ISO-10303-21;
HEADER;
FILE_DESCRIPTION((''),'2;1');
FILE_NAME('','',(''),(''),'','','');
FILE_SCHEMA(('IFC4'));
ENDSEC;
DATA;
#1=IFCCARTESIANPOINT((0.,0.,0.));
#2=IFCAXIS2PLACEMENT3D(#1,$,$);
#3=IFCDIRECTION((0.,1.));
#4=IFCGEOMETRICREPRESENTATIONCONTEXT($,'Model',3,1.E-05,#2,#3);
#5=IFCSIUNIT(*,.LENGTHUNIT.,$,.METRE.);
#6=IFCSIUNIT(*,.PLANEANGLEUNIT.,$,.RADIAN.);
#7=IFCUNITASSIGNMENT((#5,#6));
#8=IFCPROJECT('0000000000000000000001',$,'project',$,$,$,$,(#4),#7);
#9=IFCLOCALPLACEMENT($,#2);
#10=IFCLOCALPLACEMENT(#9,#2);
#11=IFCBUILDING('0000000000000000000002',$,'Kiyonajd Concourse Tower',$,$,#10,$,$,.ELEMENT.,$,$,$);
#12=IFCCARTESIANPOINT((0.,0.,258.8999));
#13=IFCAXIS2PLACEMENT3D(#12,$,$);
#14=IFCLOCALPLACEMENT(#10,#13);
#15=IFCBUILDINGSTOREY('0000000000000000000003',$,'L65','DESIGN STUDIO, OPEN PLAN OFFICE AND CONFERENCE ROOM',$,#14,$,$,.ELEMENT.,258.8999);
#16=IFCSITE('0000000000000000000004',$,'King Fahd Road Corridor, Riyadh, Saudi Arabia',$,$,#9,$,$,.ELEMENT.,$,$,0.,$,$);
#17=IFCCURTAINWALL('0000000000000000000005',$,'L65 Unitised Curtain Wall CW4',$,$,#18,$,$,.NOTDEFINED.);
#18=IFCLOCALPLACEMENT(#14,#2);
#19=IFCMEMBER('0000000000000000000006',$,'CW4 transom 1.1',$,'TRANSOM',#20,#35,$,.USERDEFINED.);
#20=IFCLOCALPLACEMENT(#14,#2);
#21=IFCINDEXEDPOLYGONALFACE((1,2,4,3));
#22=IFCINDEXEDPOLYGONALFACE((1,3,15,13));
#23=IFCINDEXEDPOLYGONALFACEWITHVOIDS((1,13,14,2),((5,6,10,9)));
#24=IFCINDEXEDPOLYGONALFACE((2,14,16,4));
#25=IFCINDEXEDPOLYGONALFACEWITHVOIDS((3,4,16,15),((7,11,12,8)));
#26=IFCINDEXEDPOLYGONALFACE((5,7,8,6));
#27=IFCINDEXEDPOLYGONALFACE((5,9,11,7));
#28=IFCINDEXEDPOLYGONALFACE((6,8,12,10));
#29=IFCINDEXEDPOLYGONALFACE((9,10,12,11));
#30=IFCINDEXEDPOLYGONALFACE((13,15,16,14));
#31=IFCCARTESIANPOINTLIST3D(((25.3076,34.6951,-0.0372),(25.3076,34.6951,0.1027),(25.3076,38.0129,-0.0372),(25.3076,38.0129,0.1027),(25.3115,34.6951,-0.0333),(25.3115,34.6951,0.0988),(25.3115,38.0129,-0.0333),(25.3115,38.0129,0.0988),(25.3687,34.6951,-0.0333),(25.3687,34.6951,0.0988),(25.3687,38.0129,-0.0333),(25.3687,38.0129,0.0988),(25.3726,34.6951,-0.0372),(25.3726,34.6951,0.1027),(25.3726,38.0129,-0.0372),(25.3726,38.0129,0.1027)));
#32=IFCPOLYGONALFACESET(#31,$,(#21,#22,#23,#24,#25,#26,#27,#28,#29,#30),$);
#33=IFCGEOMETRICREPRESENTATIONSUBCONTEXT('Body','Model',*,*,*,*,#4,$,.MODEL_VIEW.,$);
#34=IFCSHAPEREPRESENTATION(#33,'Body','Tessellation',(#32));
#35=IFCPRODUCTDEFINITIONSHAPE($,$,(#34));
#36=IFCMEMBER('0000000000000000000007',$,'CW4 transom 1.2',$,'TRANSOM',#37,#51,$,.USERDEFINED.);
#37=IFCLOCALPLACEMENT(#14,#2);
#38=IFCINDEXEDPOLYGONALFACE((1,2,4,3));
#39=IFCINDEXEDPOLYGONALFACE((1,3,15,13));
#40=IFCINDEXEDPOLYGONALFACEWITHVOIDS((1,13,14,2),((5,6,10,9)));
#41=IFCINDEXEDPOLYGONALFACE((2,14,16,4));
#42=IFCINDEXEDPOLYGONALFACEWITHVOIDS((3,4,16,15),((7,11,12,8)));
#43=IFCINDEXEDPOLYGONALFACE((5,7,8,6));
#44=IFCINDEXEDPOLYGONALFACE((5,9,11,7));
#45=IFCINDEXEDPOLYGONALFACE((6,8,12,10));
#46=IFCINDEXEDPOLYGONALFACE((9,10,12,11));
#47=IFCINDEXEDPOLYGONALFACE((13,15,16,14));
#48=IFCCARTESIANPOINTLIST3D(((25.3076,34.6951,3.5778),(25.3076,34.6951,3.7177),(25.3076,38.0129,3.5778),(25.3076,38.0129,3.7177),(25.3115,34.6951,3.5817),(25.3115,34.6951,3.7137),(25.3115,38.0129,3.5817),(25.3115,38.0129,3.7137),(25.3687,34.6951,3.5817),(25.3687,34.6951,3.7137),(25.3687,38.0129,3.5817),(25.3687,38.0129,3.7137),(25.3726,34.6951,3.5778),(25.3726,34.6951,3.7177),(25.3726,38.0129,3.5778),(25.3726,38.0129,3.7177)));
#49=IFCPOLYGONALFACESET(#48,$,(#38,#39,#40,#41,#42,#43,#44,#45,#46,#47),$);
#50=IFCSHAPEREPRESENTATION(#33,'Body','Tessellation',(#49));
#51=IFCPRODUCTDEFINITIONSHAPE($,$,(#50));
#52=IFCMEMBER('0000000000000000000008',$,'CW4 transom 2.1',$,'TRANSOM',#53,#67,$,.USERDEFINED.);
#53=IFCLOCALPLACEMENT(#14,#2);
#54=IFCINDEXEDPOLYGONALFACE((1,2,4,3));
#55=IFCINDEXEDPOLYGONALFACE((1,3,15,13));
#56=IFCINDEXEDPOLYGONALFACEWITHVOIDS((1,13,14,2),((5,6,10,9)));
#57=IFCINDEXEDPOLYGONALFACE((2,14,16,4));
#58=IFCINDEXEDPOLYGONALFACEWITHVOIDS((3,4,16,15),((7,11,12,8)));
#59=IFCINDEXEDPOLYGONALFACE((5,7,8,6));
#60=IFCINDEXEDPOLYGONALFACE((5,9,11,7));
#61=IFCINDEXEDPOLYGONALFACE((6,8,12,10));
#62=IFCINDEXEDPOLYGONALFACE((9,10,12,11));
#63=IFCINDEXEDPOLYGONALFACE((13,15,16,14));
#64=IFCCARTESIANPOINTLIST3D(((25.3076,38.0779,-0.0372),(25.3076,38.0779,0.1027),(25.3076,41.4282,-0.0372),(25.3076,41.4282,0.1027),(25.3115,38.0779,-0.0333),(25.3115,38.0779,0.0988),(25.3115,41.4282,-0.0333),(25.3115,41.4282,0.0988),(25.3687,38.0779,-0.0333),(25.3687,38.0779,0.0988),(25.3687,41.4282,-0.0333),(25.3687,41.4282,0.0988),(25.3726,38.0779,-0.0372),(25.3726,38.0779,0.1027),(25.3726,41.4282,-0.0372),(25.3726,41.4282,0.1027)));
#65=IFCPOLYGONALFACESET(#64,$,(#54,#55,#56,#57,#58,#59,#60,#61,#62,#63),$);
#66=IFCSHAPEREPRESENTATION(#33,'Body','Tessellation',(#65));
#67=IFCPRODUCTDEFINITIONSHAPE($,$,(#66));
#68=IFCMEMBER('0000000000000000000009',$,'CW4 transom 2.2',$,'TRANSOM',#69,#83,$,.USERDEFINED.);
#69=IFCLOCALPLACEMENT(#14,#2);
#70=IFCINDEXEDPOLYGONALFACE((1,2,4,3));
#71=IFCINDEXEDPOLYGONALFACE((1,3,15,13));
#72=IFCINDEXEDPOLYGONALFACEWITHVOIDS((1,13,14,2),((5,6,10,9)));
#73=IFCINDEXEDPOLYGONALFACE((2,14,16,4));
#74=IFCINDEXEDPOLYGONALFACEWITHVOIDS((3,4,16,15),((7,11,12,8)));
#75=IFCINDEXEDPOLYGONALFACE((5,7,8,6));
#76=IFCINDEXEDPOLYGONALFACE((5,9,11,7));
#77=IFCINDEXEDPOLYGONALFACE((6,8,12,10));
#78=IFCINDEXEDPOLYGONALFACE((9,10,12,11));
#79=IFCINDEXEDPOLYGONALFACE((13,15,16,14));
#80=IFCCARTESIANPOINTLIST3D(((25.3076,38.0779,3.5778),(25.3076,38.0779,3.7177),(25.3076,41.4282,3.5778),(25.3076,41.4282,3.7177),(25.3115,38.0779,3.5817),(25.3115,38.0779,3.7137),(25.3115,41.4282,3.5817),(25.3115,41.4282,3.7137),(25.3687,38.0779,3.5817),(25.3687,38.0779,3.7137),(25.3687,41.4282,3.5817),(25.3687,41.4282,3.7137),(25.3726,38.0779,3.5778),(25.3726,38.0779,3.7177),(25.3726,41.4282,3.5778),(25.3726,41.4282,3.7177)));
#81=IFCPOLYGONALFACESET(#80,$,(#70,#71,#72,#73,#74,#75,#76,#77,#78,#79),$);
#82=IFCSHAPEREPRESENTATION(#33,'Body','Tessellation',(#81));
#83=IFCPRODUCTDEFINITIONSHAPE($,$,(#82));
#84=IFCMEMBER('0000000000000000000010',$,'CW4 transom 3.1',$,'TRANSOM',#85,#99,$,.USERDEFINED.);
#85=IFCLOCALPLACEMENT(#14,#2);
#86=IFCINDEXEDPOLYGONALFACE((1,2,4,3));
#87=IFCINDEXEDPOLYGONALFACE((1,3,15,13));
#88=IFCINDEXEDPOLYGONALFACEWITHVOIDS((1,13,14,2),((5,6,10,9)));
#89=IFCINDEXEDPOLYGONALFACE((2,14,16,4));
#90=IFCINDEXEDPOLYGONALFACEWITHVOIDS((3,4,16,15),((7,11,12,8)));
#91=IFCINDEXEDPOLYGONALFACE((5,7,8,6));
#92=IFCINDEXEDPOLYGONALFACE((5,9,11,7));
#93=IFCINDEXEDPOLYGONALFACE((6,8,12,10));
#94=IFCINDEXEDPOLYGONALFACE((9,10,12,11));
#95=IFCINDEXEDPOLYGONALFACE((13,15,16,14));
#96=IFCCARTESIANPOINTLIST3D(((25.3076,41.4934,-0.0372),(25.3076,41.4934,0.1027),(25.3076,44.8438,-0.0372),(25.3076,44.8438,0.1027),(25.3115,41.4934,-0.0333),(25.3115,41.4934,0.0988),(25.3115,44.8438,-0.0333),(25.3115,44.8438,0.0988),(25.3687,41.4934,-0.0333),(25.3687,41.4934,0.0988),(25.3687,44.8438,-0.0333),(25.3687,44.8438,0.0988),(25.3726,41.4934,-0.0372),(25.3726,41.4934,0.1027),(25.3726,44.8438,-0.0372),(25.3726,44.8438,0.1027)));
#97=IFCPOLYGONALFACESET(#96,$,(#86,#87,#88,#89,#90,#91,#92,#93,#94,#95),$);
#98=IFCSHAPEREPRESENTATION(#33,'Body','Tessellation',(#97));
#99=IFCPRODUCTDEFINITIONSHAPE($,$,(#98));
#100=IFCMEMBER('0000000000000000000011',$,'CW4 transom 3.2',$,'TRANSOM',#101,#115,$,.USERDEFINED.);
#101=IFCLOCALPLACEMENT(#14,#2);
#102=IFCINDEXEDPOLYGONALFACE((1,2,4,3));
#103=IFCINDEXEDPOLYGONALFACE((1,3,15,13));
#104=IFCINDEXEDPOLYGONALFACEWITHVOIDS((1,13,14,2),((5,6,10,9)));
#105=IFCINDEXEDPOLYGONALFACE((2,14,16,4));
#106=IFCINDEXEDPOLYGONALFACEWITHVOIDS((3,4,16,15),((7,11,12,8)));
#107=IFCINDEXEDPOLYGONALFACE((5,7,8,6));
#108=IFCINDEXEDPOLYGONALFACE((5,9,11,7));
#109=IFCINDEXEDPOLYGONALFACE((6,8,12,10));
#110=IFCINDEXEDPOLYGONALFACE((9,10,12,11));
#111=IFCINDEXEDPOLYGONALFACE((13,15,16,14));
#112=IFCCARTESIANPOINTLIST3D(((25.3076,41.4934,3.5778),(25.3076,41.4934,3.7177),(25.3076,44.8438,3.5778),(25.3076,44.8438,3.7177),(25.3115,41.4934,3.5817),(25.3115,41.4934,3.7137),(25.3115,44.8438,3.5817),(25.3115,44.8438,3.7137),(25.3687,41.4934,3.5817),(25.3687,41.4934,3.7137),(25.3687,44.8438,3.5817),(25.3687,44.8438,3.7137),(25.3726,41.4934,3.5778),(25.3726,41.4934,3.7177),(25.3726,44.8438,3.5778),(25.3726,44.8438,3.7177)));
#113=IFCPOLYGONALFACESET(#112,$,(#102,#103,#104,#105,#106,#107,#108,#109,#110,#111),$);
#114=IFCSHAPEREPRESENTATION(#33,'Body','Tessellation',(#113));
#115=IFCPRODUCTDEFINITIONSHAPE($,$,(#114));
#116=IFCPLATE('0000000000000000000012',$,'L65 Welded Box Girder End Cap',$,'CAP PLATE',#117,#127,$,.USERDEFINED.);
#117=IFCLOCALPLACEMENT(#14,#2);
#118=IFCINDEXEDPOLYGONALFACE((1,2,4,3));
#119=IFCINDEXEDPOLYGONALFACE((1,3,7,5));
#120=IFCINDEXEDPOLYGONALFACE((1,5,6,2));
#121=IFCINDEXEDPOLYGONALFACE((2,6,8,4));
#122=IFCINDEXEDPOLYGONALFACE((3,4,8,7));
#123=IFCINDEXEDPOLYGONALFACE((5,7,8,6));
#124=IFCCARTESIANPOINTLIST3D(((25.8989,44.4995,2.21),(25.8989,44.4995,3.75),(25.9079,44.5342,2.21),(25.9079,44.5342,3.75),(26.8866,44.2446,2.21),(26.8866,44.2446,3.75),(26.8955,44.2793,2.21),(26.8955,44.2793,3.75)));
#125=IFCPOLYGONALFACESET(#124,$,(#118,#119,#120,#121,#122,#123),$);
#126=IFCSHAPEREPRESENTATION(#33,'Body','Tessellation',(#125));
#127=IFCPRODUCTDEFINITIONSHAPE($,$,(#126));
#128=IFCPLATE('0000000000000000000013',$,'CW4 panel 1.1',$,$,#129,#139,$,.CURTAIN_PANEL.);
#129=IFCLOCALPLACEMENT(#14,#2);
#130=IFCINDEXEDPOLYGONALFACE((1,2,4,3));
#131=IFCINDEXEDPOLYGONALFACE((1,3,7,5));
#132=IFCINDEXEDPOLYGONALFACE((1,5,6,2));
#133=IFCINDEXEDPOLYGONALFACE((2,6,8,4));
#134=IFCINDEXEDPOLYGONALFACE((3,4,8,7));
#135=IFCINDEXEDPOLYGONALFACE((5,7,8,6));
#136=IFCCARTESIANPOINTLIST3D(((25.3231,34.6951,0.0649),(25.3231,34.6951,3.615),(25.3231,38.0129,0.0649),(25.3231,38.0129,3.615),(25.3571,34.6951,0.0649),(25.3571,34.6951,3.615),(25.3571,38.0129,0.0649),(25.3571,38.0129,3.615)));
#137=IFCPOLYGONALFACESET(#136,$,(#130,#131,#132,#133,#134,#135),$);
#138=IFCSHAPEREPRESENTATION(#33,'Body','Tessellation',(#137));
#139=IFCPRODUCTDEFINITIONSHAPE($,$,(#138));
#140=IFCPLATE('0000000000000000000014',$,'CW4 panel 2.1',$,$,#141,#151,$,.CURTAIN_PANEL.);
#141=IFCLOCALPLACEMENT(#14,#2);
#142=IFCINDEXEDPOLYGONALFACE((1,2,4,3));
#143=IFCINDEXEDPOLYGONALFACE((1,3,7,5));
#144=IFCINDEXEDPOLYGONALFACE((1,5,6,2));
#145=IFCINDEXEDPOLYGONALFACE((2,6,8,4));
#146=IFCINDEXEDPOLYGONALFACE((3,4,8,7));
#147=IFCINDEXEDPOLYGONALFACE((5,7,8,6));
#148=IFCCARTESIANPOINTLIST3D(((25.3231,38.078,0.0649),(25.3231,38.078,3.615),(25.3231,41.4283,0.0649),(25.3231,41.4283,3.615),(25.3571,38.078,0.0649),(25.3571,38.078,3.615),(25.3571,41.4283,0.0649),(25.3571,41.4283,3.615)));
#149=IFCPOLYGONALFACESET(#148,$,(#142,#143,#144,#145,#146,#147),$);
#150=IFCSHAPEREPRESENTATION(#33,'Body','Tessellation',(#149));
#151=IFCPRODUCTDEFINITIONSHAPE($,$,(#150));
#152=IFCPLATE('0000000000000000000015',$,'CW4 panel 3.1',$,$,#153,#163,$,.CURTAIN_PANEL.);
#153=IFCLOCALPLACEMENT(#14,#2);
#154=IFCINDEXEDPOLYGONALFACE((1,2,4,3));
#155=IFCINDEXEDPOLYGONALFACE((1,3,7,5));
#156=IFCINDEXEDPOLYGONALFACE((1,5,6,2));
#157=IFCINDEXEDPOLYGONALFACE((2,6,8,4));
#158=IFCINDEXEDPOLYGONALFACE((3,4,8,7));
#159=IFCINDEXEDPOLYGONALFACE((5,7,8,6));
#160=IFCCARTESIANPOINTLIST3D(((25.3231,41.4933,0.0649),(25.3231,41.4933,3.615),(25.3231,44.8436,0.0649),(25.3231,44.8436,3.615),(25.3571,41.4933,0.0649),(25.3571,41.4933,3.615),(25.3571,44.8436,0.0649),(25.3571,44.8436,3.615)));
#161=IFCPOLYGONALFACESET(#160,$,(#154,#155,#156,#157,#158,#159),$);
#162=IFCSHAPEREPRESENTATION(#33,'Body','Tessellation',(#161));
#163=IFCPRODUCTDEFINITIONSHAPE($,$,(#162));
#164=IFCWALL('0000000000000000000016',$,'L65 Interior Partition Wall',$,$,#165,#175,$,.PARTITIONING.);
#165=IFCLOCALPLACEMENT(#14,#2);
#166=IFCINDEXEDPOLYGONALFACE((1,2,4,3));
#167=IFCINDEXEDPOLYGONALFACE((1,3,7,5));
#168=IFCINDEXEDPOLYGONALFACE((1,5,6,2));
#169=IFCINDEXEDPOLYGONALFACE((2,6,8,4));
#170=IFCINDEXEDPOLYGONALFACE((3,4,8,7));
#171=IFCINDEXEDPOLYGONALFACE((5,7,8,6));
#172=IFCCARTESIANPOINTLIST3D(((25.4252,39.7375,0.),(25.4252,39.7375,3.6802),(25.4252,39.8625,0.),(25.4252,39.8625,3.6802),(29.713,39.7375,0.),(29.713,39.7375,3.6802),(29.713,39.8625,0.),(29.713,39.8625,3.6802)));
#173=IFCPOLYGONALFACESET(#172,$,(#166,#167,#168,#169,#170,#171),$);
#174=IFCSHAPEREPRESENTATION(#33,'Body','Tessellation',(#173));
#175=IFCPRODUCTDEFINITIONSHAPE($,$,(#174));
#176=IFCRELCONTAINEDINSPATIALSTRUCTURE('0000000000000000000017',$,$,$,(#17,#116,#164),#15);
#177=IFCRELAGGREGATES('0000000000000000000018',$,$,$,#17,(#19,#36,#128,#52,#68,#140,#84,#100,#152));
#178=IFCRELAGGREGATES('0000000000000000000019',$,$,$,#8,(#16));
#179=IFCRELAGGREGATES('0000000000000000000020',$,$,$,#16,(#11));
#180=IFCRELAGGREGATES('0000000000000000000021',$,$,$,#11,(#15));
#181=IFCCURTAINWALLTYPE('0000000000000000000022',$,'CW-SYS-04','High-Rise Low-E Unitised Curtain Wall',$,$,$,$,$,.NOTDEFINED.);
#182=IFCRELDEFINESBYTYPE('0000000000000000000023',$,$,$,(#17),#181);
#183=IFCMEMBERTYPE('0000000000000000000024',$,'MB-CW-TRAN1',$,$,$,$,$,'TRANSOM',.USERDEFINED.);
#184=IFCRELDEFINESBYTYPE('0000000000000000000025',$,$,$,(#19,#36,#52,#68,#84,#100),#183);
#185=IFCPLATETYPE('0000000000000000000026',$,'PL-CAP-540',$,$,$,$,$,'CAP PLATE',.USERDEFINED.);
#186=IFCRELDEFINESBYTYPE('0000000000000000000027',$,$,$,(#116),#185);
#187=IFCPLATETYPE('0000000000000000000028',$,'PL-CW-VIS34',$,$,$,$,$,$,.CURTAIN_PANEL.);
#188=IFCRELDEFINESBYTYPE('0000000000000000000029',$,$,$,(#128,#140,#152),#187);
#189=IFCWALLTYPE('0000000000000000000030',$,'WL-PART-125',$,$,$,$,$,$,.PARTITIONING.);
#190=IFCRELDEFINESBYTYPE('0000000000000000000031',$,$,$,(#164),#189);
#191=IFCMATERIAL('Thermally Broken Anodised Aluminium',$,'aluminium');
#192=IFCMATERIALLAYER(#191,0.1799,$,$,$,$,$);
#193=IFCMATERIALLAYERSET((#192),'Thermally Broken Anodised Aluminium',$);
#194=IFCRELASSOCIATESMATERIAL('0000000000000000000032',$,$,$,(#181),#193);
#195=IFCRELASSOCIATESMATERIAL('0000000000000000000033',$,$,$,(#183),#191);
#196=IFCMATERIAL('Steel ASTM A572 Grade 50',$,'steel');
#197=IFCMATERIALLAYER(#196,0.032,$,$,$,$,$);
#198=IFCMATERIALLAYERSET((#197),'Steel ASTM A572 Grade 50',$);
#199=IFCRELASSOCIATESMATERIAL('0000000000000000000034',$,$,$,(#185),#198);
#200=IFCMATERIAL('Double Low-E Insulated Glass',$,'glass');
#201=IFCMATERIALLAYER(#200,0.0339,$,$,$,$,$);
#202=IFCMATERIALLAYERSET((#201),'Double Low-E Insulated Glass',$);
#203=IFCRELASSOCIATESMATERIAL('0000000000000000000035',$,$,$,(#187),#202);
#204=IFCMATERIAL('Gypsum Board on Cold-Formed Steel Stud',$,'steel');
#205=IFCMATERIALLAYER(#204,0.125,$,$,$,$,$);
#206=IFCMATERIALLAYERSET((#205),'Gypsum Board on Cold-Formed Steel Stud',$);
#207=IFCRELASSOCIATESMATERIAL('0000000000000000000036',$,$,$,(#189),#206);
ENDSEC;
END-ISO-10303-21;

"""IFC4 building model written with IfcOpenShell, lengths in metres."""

from ifc_helpers import new_model, si_unit, direction, frame, frame_2d, origin, origin_2d, place, context, subcontext, project, spatial, rectangle, hollow_rectangle, extrude, material, layer, layer_set, material_profile, profile_set, type_object, element, aggregate, save


model = new_model("IFC4")

# Units and contexts
model_context = context("Model", 3, precision=1e-05, world=origin(), true_north=direction((0.0, 1.0)))
body_context = subcontext(model_context, "Body", "Model", "MODEL_VIEW")
ifc_project = project(units=[si_unit("LENGTHUNIT", "METRE"), si_unit("PLANEANGLEUNIT", "RADIAN")], contexts=[model_context])

# Site, building, storey
site_placement = place(None, origin())
site = spatial("IfcSite", under=ifc_project, at=site_placement, Name="King Fahd Road Corridor, Riyadh, Saudi Arabia", CompositionType="ELEMENT", RefElevation=0.0)
building_placement = place(site_placement, origin())
building = spatial("IfcBuilding", under=site, at=building_placement, Name="Kiyonajd Concourse Tower", CompositionType="ELEMENT")
storey_placement = place(building_placement, frame((0.0, 0.0, 258.8999)))
storey = spatial("IfcBuildingStorey", under=building, at=storey_placement, Name="L65", Description="DESIGN STUDIO, OPEN PLAN OFFICE AND CONFERENCE ROOM", CompositionType="ELEMENT", Elevation=258.8999)

# Curtain wall, members
ifc_material_1 = material(Name="Thermally Broken Anodised Aluminium", Category="aluminium")
ifc_layer_1 = layer(ifc_material_1, 0.1799)
ifc_layer_set_1 = layer_set([ifc_layer_1], Name="Thermally Broken Anodised Aluminium")
curtain_wall_type = type_object("IfcCurtainWallType", Name="CW-SYS-04", Description="High-Rise Low-E Unitised Curtain Wall", PredefinedType="NOTDEFINED", material=ifc_layer_set_1)
curtain_wall_placement = place(storey_placement, origin())
curtain_wall = element("IfcCurtainWall", 1, at=curtain_wall_placement, inside=storey, type_object=curtain_wall_type, Name="L65 Unitised Curtain Wall CW4", PredefinedType="NOTDEFINED")
ifc_material_profile_1 = material_profile(ifc_material_1, hollow_rectangle(XDim=0.0649, YDim=0.1399, WallThickness=0.0039, at=origin_2d()), Name="TRAN-65x140")
ifc_profile_set_1 = profile_set([ifc_material_profile_1], Name="Thermally Broken Anodised Aluminium")
member_type_1 = type_object("IfcMemberType", Name="MB-CW-TRAN1", ElementType="TRANSOM", PredefinedType="USERDEFINED", material=ifc_profile_set_1)
member_1_placement = place(storey_placement, frame((25.3401, 34.6951, 0.0327), z_axis=(0.0, 1.0, 0.0), x_axis=(-1.0, 0.0, 0.0)))
member_1 = element("IfcMember", 2, at=member_1_placement, type_object=member_type_1, Name="CW4 transom 1.1", ObjectType="TRANSOM", PredefinedType="USERDEFINED", context=body_context, shape_type="SweptSolid", body=[
    extrude(hollow_rectangle(XDim=0.0649, YDim=0.1399, WallThickness=0.0039, at=origin_2d()), origin(), (0.0, 0.0, 1.0), 3.3179),
])
member_2_placement = place(storey_placement, frame((25.3401, 34.6951, 3.6477), z_axis=(0.0, 1.0, 0.0), x_axis=(-1.0, 0.0, 0.0)))
member_2 = element("IfcMember", 3, at=member_2_placement, type_object=member_type_1, Name="CW4 transom 1.2", ObjectType="TRANSOM", PredefinedType="USERDEFINED", context=body_context, shape_type="SweptSolid", body=[
    extrude(hollow_rectangle(XDim=0.0649, YDim=0.1399, WallThickness=0.0039, at=origin_2d()), origin(), (0.0, 0.0, 1.0), 3.3179),
])
member_3_placement = place(storey_placement, frame((25.3401, 38.0779, 0.0327), z_axis=(0.0, 1.0, 0.0), x_axis=(-1.0, 0.0, 0.0)))
member_3 = element("IfcMember", 4, at=member_3_placement, type_object=member_type_1, Name="CW4 transom 2.1", ObjectType="TRANSOM", PredefinedType="USERDEFINED", context=body_context, shape_type="SweptSolid", body=[
    extrude(hollow_rectangle(XDim=0.0649, YDim=0.1399, WallThickness=0.0039, at=origin_2d()), origin(), (0.0, 0.0, 1.0), 3.3503),
])
member_4_placement = place(storey_placement, frame((25.3401, 38.0779, 3.6477), z_axis=(0.0, 1.0, 0.0), x_axis=(-1.0, 0.0, 0.0)))
member_4 = element("IfcMember", 5, at=member_4_placement, type_object=member_type_1, Name="CW4 transom 2.2", ObjectType="TRANSOM", PredefinedType="USERDEFINED", context=body_context, shape_type="SweptSolid", body=[
    extrude(hollow_rectangle(XDim=0.0649, YDim=0.1399, WallThickness=0.0039, at=origin_2d()), origin(), (0.0, 0.0, 1.0), 3.3503),
])
member_5_placement = place(storey_placement, frame((25.3401, 41.4934, 0.0327), z_axis=(0.0, 1.0, 0.0), x_axis=(-1.0, 0.0, 0.0)))
member_5 = element("IfcMember", 6, at=member_5_placement, type_object=member_type_1, Name="CW4 transom 3.1", ObjectType="TRANSOM", PredefinedType="USERDEFINED", context=body_context, shape_type="SweptSolid", body=[
    extrude(hollow_rectangle(XDim=0.0649, YDim=0.1399, WallThickness=0.0039, at=origin_2d()), origin(), (0.0, 0.0, 1.0), 3.3503),
])
member_6_placement = place(storey_placement, frame((25.3401, 41.4934, 3.6477), z_axis=(0.0, 1.0, 0.0), x_axis=(-1.0, 0.0, 0.0)))
member_6 = element("IfcMember", 7, at=member_6_placement, type_object=member_type_1, Name="CW4 transom 3.2", ObjectType="TRANSOM", PredefinedType="USERDEFINED", context=body_context, shape_type="SweptSolid", body=[
    extrude(hollow_rectangle(XDim=0.0649, YDim=0.1399, WallThickness=0.0039, at=origin_2d()), origin(), (0.0, 0.0, 1.0), 3.3503),
])

# Plates
ifc_material_2 = material(Name="Steel ASTM A572 Grade 50", Category="steel")
ifc_layer_2 = layer(ifc_material_2, 0.032)
ifc_layer_set_2 = layer_set([ifc_layer_2], Name="Steel ASTM A572 Grade 50")
plate_type_1 = type_object("IfcPlateType", Name="PL-CAP-540", ElementType="CAP PLATE", PredefinedType="USERDEFINED", material=ifc_layer_set_2)
plate_1_placement = place(storey_placement, frame((26.3972, 44.3894, 2.21), z_axis=(0.0, 0.0, 1.0), x_axis=(-0.249873, -0.968279, 0.0)))
element("IfcPlate", 8, at=plate_1_placement, inside=storey, type_object=plate_type_1, Name="L65 Welded Box Girder End Cap", ObjectType="CAP PLATE", PredefinedType="USERDEFINED", context=body_context, shape_type="SweptSolid", body=[
    extrude(rectangle(XDim=0.0359, YDim=1.02, at=origin_2d()), origin(), (0.0, 0.0, 1.0), 1.54),
])
ifc_material_3 = material(Name="Double Low-E Insulated Glass", Category="glass")
ifc_layer_3 = layer(ifc_material_3, 0.0339)
ifc_layer_set_3 = layer_set([ifc_layer_3], Name="Double Low-E Insulated Glass")
plate_type_2 = type_object("IfcPlateType", Name="PL-CW-VIS34", PredefinedType="CURTAIN_PANEL", material=ifc_layer_set_3)
plate_2_placement = place(storey_placement, frame((25.3401, 36.354, 0.0649), z_axis=(0.0, 0.0, 1.0), x_axis=(0.0, 1.0, 0.0)))
plate_2 = element("IfcPlate", 9, at=plate_2_placement, type_object=plate_type_2, Name="CW4 panel 1.1", PredefinedType="CURTAIN_PANEL", context=body_context, shape_type="SweptSolid", body=[
    extrude(rectangle(XDim=3.3179, YDim=0.0339, at=origin_2d()), origin(), (0.0, 0.0, 1.0), 3.55),
])
plate_3_placement = place(storey_placement, frame((25.3401, 39.7532, 0.0649), z_axis=(0.0, 0.0, 1.0), x_axis=(0.0, 1.0, 0.0)))
plate_3 = element("IfcPlate", 10, at=plate_3_placement, type_object=plate_type_2, Name="CW4 panel 2.1", PredefinedType="CURTAIN_PANEL", context=body_context, shape_type="SweptSolid", body=[
    extrude(rectangle(XDim=3.3503, YDim=0.0339, at=origin_2d()), origin(), (0.0, 0.0, 1.0), 3.55),
])
plate_4_placement = place(storey_placement, frame((25.3401, 43.1685, 0.0649), z_axis=(0.0, 0.0, 1.0), x_axis=(0.0, 1.0, 0.0)))
plate_4 = element("IfcPlate", 11, at=plate_4_placement, type_object=plate_type_2, Name="CW4 panel 3.1", PredefinedType="CURTAIN_PANEL", context=body_context, shape_type="SweptSolid", body=[
    extrude(rectangle(XDim=3.3503, YDim=0.0339, at=origin_2d()), origin(), (0.0, 0.0, 1.0), 3.55),
])
aggregate(curtain_wall, [member_1, member_2, plate_2, member_3, member_4, plate_3, member_5, member_6, plate_4])

# Wall
ifc_material_4 = material(Name="Gypsum Board on Cold-Formed Steel Stud", Category="steel")
ifc_layer_4 = layer(ifc_material_4, 0.125)
ifc_layer_set_4 = layer_set([ifc_layer_4], Name="Gypsum Board on Cold-Formed Steel Stud")
wall_type = type_object("IfcWallType", Name="WL-PART-125", PredefinedType="PARTITIONING", material=ifc_layer_set_4)
wall_placement = place(storey_placement, frame((25.425, 39.8, 0.0), z_axis=(0.0, 0.0, 1.0), x_axis=(1.0, 0.0, 0.0)))
element("IfcWall", 12, at=wall_placement, inside=storey, type_object=wall_type, Name="L65 Interior Partition Wall", PredefinedType="PARTITIONING", context=body_context, shape_type="SweptSolid", body=[
    extrude(rectangle(XDim=4.2878, YDim=0.125, at=frame_2d((2.144, 0.0))), origin(), (0.0, 0.0, 1.0), 3.6802),
])

save(model, "model.ifc")
